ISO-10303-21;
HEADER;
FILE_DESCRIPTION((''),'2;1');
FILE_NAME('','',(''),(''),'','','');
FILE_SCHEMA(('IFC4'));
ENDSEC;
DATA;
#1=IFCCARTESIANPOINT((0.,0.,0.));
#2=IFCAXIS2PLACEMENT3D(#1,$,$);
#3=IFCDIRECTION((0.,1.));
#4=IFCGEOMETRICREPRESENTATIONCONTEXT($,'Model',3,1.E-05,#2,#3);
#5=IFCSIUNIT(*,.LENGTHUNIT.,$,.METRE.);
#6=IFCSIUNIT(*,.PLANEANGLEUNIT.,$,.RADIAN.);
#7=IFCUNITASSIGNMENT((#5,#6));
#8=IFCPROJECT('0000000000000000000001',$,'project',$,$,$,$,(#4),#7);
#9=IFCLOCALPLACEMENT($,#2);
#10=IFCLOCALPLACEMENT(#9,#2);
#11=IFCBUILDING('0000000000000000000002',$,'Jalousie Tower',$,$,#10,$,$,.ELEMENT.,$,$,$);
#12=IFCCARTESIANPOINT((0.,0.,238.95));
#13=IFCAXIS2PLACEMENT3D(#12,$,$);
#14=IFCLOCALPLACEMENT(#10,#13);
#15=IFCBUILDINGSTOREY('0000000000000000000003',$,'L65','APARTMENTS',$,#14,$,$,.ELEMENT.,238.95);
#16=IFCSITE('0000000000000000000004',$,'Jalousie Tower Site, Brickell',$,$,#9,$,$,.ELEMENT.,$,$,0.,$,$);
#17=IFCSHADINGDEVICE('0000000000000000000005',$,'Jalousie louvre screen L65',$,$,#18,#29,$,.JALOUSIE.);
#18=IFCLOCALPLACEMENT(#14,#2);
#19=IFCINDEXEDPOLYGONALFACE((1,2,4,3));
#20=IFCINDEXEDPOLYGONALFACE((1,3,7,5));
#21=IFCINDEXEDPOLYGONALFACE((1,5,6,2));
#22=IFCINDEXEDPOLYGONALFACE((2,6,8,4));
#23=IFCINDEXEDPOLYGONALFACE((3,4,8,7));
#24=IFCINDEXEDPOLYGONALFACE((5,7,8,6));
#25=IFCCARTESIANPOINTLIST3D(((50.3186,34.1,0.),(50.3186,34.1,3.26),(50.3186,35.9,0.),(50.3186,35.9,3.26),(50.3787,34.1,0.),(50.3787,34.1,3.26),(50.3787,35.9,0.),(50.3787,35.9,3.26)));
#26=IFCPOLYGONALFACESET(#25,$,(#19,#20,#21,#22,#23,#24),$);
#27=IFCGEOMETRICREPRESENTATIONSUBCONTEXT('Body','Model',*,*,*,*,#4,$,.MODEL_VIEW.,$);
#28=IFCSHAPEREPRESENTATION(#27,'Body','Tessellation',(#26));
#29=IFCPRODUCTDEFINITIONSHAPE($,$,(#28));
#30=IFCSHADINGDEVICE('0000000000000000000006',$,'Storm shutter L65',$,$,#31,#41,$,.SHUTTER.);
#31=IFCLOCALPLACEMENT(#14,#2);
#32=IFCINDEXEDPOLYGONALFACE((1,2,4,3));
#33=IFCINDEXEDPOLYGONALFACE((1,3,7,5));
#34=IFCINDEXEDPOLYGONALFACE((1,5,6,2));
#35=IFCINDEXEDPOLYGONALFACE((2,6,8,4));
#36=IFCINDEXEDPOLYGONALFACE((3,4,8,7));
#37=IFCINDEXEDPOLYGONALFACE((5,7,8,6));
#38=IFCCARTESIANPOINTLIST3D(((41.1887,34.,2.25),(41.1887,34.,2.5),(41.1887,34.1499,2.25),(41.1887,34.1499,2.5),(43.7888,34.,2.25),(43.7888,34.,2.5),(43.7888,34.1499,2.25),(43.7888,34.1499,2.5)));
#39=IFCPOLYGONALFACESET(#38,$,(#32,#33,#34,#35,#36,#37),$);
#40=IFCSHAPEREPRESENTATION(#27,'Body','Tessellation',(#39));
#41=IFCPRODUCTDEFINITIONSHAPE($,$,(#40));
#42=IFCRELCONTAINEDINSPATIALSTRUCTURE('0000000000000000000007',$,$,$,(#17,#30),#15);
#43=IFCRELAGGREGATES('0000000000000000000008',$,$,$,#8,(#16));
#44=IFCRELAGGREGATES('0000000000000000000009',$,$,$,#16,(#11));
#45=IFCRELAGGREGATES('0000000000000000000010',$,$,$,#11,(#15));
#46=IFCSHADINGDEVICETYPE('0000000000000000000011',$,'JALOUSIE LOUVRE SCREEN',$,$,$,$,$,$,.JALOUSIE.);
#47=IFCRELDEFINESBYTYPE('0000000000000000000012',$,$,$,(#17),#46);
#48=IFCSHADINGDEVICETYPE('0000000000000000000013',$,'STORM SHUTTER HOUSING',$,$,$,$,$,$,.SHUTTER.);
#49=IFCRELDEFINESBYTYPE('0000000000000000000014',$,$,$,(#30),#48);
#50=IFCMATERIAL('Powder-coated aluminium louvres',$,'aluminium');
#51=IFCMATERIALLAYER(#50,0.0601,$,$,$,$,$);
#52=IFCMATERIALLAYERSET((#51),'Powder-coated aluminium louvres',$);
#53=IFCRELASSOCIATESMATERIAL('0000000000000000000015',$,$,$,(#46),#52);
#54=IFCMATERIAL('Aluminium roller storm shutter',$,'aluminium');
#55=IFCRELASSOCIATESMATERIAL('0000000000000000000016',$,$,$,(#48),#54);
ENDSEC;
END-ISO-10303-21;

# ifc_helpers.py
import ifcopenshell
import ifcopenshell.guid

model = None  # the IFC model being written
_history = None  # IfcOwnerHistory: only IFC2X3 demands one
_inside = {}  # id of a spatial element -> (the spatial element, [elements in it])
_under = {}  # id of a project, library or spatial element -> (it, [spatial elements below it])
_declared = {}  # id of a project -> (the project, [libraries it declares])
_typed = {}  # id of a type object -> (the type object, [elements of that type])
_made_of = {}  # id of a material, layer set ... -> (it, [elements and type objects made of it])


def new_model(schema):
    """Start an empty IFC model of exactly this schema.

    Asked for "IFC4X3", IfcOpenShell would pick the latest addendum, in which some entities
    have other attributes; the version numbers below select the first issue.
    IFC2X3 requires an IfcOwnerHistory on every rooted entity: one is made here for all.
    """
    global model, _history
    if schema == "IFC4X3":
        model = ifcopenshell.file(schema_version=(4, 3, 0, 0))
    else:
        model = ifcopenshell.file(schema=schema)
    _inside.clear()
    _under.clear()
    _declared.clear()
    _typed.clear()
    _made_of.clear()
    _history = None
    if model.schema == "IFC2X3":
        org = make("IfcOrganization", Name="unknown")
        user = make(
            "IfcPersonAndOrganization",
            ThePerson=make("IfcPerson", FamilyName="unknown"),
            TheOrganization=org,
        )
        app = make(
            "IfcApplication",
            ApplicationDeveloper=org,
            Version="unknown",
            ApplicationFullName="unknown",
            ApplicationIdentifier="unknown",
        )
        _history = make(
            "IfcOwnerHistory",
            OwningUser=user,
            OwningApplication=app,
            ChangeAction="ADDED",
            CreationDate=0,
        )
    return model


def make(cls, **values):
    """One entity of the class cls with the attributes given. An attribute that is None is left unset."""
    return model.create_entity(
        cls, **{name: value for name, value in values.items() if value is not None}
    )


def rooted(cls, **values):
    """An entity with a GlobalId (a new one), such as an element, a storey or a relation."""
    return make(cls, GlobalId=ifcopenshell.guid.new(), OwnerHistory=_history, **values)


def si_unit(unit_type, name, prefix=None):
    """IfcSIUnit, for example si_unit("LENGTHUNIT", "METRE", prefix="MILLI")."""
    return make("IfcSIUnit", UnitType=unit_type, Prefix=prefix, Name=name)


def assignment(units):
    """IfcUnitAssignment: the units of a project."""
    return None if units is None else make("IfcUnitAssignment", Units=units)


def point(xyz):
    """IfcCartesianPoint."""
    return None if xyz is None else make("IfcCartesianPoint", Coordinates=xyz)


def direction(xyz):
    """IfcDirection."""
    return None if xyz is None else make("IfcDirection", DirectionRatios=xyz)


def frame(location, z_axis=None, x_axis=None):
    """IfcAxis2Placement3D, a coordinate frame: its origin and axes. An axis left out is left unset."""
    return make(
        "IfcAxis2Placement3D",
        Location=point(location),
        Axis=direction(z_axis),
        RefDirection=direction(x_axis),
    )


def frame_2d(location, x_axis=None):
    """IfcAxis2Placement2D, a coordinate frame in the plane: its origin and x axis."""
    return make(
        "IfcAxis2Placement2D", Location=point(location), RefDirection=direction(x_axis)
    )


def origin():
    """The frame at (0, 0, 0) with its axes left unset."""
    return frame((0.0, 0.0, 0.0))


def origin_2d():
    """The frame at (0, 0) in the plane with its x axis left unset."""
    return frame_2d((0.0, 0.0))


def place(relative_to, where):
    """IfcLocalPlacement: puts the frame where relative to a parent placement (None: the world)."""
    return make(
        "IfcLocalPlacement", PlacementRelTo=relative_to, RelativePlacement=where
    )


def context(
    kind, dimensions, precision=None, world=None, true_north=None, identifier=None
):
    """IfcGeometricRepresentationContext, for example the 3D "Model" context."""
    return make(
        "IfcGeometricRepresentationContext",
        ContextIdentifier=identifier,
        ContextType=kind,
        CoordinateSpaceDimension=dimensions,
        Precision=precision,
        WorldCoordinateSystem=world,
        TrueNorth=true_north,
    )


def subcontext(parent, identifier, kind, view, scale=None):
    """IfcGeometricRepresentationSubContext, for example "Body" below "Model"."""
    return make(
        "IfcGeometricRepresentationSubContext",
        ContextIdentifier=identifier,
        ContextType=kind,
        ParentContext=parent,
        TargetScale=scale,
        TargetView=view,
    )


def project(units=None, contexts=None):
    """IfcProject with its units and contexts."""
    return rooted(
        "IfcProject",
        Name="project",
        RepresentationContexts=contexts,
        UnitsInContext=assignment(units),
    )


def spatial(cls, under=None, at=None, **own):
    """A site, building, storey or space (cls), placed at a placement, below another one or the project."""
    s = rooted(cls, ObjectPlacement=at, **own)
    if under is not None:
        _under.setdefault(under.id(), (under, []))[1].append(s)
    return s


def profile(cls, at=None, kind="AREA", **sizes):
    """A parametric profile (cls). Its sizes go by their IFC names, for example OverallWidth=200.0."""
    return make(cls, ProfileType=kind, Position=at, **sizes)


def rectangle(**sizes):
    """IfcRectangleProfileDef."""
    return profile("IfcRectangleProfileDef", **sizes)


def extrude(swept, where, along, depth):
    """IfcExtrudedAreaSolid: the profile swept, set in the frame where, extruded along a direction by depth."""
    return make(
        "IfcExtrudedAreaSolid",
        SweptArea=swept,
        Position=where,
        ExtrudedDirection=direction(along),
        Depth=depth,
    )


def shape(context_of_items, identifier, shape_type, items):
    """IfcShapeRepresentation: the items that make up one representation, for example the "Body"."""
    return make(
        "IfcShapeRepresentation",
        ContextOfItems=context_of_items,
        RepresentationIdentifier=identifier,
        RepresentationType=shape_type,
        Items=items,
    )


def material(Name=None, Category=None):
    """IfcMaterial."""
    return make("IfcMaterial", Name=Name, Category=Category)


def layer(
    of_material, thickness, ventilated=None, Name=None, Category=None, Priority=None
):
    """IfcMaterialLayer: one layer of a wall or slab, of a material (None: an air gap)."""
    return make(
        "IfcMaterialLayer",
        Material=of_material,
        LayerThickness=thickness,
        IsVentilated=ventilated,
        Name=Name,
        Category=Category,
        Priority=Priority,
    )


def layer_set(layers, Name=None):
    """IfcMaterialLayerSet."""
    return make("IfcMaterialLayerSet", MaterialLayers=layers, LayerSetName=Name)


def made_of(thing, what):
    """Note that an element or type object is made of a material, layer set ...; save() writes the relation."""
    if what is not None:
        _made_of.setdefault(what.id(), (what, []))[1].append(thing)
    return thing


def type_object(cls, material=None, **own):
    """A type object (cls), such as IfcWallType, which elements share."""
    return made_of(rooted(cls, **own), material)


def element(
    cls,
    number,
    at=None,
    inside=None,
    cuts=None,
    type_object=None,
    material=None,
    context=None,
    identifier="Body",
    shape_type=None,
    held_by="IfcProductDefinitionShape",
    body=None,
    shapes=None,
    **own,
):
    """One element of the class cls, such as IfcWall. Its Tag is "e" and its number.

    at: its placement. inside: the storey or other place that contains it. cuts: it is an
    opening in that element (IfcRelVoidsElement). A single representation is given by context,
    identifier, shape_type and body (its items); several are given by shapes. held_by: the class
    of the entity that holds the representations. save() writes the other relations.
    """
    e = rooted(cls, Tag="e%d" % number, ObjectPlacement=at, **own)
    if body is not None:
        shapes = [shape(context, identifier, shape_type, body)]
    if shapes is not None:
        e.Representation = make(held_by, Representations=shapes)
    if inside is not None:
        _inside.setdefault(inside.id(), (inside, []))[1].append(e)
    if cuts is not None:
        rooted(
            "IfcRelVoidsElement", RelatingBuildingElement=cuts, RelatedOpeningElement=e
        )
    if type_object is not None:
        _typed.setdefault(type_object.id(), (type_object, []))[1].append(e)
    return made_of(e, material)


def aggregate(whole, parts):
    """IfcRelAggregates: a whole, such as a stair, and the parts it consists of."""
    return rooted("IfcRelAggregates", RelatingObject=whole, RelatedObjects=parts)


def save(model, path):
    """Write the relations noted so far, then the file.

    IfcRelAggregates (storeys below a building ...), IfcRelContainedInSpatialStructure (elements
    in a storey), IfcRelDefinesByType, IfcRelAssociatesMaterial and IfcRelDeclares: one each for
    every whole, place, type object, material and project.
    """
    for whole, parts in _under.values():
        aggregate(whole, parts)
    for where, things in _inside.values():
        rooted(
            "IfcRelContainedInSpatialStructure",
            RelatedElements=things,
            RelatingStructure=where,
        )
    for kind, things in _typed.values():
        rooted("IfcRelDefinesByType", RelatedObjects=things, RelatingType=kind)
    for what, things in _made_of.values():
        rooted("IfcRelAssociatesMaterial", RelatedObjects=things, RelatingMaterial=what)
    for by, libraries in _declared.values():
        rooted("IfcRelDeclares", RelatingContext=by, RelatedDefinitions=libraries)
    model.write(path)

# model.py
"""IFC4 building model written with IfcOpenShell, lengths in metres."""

from ifc_helpers import new_model, si_unit, direction, frame, origin, origin_2d, place, context, subcontext, project, spatial, rectangle, extrude, material, layer, layer_set, type_object, element, save


model = new_model("IFC4")

# Units and contexts
model_context = context("Model", 3, precision=1e-05, world=origin(), true_north=direction((0.0, 1.0)))
body_context = subcontext(model_context, "Body", "Model", "MODEL_VIEW")
ifc_project = project(units=[si_unit("LENGTHUNIT", "METRE"), si_unit("PLANEANGLEUNIT", "RADIAN")], contexts=[model_context])

# Site, building, storey
site_placement = place(None, origin())
site = spatial("IfcSite", under=ifc_project, at=site_placement, Name="Jalousie Tower Site, Brickell", CompositionType="ELEMENT", RefElevation=0.0)
building_placement = place(site_placement, origin())
building = spatial("IfcBuilding", under=site, at=building_placement, Name="Jalousie Tower", CompositionType="ELEMENT")
storey_placement = place(building_placement, frame((0.0, 0.0, 238.95)))
storey = spatial("IfcBuildingStorey", under=building, at=storey_placement, Name="L65", Description="APARTMENTS", CompositionType="ELEMENT", Elevation=238.95)

# Shading devices
ifc_material_1 = material(Name="Powder-coated aluminium louvres", Category="aluminium")
ifc_layer_1 = layer(ifc_material_1, 0.0601)
ifc_layer_set_1 = layer_set([ifc_layer_1], Name="Powder-coated aluminium louvres")
shading_device_type_1 = type_object("IfcShadingDeviceType", Name="JALOUSIE LOUVRE SCREEN", PredefinedType="JALOUSIE", material=ifc_layer_set_1)
shading_device_1_placement = place(storey_placement, frame((50.3486, 35.0, 0.0), z_axis=(0.0, 0.0, 1.0), x_axis=(-1.0, 0.0, 0.0)))
element("IfcShadingDevice", 1, at=shading_device_1_placement, inside=storey, type_object=shading_device_type_1, Name="Jalousie louvre screen L65", PredefinedType="JALOUSIE", context=body_context, shape_type="SweptSolid", body=[
    extrude(rectangle(XDim=0.0601, YDim=1.8, at=origin_2d()), origin(), (0.0, 0.0, 1.0), 3.26),
])
ifc_material_2 = material(Name="Aluminium roller storm shutter", Category="aluminium")
shading_device_type_2 = type_object("IfcShadingDeviceType", Name="STORM SHUTTER HOUSING", PredefinedType="SHUTTER", material=ifc_material_2)
shading_device_2_placement = place(storey_placement, frame((42.4888, 34.075, 2.25), z_axis=(0.0, 0.0, 1.0), x_axis=(-1.0, 0.0, 0.0)))
element("IfcShadingDevice", 2, at=shading_device_2_placement, inside=storey, type_object=shading_device_type_2, Name="Storm shutter L65", PredefinedType="SHUTTER", context=body_context, shape_type="SweptSolid", body=[
    extrude(rectangle(XDim=2.6001, YDim=0.1499, at=origin_2d()), origin(), (0.0, 0.0, 1.0), 0.25),
])

save(model, "model.ifc")
